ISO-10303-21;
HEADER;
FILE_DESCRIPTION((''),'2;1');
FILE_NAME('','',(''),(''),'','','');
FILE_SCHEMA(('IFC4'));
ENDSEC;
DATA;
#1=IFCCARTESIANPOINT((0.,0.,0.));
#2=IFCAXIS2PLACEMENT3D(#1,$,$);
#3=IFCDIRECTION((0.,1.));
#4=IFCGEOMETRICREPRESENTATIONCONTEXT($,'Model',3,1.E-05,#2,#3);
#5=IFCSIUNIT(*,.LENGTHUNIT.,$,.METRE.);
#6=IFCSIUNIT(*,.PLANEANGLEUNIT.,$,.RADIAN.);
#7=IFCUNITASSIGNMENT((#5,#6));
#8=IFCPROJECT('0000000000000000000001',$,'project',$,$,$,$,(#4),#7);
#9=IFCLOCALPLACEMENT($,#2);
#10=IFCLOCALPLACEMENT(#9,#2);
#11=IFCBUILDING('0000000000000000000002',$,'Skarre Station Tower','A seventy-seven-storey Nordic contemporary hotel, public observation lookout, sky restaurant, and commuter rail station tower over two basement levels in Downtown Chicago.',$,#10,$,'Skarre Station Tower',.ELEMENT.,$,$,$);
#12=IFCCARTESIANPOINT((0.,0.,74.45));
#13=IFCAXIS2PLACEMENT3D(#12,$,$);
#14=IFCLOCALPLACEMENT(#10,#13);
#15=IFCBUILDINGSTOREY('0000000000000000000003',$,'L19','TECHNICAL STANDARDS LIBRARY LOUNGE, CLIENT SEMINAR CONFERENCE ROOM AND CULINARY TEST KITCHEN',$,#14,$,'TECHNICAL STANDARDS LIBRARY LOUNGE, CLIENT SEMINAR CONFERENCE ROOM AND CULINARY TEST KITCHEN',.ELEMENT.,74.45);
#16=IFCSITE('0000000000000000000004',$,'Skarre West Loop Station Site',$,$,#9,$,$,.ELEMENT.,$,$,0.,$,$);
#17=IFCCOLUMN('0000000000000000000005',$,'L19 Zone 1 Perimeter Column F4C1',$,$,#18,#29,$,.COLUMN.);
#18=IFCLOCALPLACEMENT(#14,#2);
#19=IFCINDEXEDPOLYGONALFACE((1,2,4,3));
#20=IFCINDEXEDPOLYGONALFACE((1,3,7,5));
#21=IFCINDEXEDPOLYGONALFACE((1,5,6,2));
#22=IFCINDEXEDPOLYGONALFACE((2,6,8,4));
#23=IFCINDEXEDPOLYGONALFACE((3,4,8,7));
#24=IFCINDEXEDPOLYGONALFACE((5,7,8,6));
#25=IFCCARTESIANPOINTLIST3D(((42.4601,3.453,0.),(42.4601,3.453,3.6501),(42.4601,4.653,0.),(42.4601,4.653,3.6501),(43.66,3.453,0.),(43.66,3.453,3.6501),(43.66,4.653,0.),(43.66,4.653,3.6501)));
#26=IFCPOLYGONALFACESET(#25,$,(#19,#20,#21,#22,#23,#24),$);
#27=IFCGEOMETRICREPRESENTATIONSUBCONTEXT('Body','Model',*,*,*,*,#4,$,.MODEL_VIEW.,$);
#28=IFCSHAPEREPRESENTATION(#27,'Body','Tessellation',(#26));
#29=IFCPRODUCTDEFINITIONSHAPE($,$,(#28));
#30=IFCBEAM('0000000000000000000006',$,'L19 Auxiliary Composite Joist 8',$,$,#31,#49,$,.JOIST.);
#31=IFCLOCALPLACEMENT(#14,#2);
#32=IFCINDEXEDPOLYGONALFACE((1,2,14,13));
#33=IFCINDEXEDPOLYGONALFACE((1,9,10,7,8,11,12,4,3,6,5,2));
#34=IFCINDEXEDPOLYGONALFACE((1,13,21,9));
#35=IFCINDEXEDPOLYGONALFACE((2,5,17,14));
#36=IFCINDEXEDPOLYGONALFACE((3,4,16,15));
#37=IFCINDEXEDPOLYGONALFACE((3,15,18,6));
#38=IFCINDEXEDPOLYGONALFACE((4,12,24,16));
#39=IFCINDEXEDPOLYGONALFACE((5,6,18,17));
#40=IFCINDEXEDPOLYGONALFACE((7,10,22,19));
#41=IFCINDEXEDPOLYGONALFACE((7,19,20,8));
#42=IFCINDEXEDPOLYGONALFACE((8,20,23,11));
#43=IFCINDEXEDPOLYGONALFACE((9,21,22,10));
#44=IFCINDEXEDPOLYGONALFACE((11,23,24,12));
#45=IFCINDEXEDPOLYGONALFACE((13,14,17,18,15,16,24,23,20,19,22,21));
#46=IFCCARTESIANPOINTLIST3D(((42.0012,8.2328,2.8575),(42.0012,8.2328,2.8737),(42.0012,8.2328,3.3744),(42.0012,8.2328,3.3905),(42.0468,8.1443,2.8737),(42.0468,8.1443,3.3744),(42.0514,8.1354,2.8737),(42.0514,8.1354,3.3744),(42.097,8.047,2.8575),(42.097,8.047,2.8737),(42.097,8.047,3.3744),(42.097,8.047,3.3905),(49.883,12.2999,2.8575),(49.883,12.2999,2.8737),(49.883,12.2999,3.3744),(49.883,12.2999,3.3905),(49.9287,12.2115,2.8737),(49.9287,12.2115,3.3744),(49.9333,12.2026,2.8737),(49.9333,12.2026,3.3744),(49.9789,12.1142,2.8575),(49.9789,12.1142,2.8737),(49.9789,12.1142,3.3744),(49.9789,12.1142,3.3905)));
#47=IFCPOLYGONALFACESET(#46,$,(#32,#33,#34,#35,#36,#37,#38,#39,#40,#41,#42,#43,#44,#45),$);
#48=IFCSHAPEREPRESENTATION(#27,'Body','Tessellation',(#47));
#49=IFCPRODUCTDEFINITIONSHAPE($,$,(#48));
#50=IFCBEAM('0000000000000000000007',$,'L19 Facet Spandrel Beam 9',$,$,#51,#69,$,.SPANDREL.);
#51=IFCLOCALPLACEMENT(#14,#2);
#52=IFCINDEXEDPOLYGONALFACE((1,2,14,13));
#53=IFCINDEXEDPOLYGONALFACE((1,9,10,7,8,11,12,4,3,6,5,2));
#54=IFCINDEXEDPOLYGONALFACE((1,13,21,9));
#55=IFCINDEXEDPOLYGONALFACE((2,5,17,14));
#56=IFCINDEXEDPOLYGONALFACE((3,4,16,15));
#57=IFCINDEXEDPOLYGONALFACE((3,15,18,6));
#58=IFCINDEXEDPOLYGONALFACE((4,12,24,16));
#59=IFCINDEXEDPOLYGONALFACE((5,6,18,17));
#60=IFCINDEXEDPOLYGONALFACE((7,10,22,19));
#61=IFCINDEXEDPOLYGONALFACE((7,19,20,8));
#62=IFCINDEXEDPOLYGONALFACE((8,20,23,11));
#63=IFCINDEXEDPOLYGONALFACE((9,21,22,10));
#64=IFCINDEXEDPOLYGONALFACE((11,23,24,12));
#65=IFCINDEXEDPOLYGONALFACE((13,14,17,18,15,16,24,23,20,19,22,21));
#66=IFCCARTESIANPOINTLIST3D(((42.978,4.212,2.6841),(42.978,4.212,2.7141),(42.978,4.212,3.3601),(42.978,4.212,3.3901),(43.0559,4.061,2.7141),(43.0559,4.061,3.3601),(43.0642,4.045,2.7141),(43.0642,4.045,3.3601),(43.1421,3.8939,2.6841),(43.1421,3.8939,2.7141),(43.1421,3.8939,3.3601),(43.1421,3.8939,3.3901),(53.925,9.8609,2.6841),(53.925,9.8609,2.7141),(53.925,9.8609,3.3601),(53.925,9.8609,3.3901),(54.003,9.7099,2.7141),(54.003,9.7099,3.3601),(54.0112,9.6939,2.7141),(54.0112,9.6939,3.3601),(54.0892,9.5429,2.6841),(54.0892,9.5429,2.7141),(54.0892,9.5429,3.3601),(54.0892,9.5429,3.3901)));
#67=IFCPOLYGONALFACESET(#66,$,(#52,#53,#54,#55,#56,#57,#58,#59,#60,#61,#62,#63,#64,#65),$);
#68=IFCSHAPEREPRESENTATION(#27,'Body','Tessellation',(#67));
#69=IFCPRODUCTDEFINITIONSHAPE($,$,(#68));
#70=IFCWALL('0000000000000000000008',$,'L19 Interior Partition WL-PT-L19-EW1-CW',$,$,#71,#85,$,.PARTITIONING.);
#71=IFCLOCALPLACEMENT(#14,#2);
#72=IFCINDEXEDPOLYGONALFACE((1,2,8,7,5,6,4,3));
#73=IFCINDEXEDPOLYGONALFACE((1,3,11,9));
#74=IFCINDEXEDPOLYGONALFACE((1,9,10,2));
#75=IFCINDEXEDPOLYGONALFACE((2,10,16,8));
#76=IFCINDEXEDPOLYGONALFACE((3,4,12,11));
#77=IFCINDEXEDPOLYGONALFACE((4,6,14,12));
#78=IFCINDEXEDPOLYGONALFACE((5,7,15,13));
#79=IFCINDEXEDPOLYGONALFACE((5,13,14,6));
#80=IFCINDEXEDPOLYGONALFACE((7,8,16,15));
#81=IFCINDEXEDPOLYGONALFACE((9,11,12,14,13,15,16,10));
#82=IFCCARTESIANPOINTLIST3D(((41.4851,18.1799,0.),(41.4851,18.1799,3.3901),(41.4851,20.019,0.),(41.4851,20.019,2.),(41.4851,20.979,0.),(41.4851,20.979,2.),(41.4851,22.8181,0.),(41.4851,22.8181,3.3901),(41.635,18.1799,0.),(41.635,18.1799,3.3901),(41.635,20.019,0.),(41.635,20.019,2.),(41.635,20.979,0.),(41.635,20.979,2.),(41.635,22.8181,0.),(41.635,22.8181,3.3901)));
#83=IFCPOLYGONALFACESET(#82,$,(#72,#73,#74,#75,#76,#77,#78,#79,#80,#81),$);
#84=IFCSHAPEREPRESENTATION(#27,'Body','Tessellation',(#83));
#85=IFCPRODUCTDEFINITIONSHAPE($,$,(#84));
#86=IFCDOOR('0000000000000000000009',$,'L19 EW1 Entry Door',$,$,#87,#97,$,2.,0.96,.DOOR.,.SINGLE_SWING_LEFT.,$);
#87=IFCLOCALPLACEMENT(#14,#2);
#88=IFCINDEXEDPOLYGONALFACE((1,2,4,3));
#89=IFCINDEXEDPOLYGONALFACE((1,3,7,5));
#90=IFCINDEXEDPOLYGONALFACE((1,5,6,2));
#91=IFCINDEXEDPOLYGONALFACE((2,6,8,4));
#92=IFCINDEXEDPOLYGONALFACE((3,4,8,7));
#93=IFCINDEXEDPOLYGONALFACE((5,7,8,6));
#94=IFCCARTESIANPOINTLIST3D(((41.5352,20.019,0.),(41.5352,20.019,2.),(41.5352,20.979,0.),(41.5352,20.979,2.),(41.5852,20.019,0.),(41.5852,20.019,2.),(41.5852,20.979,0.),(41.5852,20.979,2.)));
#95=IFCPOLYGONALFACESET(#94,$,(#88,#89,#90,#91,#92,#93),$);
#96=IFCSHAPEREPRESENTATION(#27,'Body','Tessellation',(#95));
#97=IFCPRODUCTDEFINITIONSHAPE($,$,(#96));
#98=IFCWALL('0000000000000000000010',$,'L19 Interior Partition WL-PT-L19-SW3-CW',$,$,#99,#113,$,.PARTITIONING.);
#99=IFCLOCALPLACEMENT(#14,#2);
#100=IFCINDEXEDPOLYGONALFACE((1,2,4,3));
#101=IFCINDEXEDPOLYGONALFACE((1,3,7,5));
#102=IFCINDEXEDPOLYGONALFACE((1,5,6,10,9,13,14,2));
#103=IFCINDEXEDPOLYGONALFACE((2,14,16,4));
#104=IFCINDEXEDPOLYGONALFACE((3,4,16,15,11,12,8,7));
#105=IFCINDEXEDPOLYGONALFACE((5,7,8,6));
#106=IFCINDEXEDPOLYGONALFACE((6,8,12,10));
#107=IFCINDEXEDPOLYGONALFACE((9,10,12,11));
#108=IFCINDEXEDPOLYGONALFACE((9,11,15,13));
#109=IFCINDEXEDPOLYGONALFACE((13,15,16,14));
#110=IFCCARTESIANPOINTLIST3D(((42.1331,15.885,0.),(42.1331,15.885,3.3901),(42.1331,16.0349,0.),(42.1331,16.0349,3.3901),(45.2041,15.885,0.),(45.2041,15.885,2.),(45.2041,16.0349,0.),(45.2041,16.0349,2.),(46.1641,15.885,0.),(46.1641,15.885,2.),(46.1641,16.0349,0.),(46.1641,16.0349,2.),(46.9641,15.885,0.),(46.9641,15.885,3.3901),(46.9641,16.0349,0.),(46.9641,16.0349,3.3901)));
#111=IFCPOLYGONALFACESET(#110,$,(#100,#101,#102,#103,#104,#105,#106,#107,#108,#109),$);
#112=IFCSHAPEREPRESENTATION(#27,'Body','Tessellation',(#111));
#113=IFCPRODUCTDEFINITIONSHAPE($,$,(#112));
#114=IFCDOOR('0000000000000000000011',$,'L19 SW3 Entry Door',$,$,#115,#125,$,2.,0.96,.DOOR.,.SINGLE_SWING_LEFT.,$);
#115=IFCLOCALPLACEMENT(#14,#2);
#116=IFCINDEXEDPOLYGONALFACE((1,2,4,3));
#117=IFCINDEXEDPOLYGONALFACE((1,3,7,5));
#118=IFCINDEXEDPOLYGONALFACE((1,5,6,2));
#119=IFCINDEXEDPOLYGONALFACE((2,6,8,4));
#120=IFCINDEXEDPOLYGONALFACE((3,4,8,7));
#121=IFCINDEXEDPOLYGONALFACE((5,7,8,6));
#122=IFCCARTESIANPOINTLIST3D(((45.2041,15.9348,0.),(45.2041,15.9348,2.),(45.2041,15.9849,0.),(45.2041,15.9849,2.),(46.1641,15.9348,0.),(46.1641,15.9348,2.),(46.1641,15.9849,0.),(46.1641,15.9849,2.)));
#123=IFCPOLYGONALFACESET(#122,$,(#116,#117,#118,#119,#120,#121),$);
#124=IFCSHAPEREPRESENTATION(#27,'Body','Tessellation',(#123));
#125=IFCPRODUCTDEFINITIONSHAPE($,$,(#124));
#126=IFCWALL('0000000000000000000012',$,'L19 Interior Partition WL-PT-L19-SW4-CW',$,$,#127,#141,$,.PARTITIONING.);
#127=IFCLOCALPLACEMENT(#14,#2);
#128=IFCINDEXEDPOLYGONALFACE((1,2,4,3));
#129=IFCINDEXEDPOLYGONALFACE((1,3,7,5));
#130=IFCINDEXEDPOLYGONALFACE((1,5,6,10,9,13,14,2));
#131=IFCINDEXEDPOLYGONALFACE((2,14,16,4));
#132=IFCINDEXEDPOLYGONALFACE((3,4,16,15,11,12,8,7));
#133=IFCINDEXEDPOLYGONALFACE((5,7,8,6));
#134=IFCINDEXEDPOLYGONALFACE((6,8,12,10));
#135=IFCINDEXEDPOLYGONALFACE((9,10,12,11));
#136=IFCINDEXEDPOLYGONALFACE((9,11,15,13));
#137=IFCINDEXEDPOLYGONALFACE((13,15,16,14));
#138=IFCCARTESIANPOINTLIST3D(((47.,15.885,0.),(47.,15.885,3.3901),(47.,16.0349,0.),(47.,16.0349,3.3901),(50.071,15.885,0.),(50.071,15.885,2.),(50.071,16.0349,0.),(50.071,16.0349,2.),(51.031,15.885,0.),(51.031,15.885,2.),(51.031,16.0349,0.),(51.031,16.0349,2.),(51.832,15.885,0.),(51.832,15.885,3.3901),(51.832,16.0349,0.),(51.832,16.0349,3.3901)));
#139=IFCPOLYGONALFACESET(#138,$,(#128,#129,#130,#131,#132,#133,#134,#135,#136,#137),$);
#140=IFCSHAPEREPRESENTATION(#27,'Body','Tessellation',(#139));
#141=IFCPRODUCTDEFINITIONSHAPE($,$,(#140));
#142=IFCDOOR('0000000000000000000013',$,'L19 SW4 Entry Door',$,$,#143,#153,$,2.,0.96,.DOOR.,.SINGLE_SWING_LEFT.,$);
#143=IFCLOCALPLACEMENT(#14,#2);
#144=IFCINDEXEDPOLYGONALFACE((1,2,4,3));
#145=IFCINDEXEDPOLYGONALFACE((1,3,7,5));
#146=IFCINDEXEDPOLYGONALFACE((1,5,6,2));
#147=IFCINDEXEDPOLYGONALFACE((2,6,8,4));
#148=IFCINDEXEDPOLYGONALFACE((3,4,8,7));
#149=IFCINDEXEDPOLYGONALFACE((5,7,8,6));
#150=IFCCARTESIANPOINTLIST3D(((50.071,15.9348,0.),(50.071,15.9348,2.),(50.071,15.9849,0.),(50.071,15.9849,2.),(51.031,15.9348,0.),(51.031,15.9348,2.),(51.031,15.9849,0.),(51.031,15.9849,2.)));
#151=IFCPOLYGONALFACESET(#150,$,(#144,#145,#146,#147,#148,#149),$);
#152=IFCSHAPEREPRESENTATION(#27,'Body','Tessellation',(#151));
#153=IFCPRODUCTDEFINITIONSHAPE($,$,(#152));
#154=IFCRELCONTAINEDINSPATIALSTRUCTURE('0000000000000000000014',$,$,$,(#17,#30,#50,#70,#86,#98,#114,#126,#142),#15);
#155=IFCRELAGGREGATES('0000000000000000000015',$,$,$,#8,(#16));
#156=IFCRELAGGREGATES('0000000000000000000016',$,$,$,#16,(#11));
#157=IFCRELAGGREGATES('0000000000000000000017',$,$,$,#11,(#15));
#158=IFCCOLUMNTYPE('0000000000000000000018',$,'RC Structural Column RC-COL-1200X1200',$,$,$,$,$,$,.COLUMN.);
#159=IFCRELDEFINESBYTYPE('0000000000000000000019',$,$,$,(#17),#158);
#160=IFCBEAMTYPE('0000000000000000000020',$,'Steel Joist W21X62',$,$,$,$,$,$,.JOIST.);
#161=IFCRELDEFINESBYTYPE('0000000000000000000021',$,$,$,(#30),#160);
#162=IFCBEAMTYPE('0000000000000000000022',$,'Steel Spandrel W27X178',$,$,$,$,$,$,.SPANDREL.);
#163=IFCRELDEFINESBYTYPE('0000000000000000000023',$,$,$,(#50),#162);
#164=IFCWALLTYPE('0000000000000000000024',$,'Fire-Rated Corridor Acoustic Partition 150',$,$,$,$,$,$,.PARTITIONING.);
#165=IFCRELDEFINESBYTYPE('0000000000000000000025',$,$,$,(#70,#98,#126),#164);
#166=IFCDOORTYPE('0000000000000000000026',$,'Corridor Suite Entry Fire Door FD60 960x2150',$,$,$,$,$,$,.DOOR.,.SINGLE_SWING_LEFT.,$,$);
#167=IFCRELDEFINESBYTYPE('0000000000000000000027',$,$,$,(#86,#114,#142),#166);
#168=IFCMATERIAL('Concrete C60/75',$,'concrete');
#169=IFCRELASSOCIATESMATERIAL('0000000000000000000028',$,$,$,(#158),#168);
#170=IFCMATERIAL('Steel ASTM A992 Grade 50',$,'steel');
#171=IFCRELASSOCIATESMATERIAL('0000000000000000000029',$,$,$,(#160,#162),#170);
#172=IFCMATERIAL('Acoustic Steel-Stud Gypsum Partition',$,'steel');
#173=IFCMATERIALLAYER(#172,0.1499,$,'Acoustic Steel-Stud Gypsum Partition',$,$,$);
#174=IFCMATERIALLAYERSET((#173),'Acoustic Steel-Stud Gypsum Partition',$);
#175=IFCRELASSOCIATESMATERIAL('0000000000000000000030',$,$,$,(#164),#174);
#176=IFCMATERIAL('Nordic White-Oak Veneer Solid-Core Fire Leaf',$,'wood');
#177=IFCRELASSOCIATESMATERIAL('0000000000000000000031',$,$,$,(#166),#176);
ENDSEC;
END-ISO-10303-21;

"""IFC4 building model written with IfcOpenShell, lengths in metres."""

from ifc_helpers import new_model, si_unit, direction, frame, frame_2d, origin, origin_2d, place, context, subcontext, project, spatial, rectangle, i_section, extrude, material, layer, layer_set, material_profile, profile_set, type_object, element, fill, save


model = new_model("IFC4")

# Units and contexts
model_context = context("Model", 3, precision=1e-05, world=origin(), true_north=direction((0.0, 1.0)))
body_context = subcontext(model_context, "Body", "Model", "MODEL_VIEW")
ifc_project = project(units=[si_unit("LENGTHUNIT", "METRE"), si_unit("PLANEANGLEUNIT", "RADIAN")], contexts=[model_context])

# Site, building, storey
site_placement = place(None, origin())
site = spatial("IfcSite", under=ifc_project, at=site_placement, Name="Skarre West Loop Station Site", CompositionType="ELEMENT", RefElevation=0.0)
building_placement = place(site_placement, origin())
building = spatial("IfcBuilding", under=site, at=building_placement, Name="Skarre Station Tower", Description="A seventy-seven-storey Nordic contemporary hotel, public observation lookout, sky restaurant, and commuter rail station tower over two basement levels in Downtown Chicago.", LongName="Skarre Station Tower", CompositionType="ELEMENT")
storey_placement = place(building_placement, frame((0.0, 0.0, 74.45)))
storey = spatial("IfcBuildingStorey", under=building, at=storey_placement, Name="L19", Description="TECHNICAL STANDARDS LIBRARY LOUNGE, CLIENT SEMINAR CONFERENCE ROOM AND CULINARY TEST KITCHEN", LongName="TECHNICAL STANDARDS LIBRARY LOUNGE, CLIENT SEMINAR CONFERENCE ROOM AND CULINARY TEST KITCHEN", CompositionType="ELEMENT", Elevation=74.45)

# Column
ifc_material_1 = material(Name="Concrete C60/75", Category="concrete")
ifc_material_profile_1 = material_profile(ifc_material_1, rectangle(XDim=1.2, YDim=1.2, at=origin_2d()), Name="Concrete C60/75")
ifc_profile_set_1 = profile_set([ifc_material_profile_1], Name="Concrete C60/75")
column_type = type_object("IfcColumnType", Name="RC Structural Column RC-COL-1200X1200", PredefinedType="COLUMN", material=ifc_profile_set_1)
column_placement = place(storey_placement, frame((43.0601, 4.053, 0.0), z_axis=(0.0, 0.0, 1.0), x_axis=(1.0, 0.0, 0.0)))
element("IfcColumn", 1, at=column_placement, inside=storey, type_object=column_type, Name="L19 Zone 1 Perimeter Column F4C1", PredefinedType="COLUMN", context=body_context, shape_type="SweptSolid", body=[
    extrude(rectangle(XDim=1.2, YDim=1.2, at=origin_2d()), origin(), (0.0, 0.0, 1.0), 3.6501),
])

# Beams
ifc_material_2 = material(Name="Steel ASTM A992 Grade 50", Category="steel")
ifc_material_profile_2 = material_profile(ifc_material_2, i_section(OverallWidth=0.209, OverallDepth=0.533, WebThickness=0.01, FlangeThickness=0.0161, at=origin_2d()), Name="Steel ASTM A992 Grade 50")
ifc_profile_set_2 = profile_set([ifc_material_profile_2], Name="Steel ASTM A992 Grade 50")
beam_type_1 = type_object("IfcBeamType", Name="Steel Joist W21X62", PredefinedType="JOIST", material=ifc_profile_set_2)
beam_1_placement = place(storey_placement, frame((42.0491, 8.1399, 3.124), z_axis=(0.888662, 0.458562, 0.0), x_axis=(-0.458562, 0.888662, 0.0)))
element("IfcBeam", 2, at=beam_1_placement, inside=storey, type_object=beam_type_1, Name="L19 Auxiliary Composite Joist 8", PredefinedType="JOIST", context=body_context, shape_type="SweptSolid", body=[
    extrude(i_section(OverallWidth=0.209, OverallDepth=0.533, WebThickness=0.01, FlangeThickness=0.0161, at=origin_2d()), origin(), (0.0, 0.0, 1.0), 8.8694),
])
ifc_material_profile_3 = material_profile(ifc_material_2, i_section(OverallWidth=0.3579, OverallDepth=0.7061, WebThickness=0.0181, FlangeThickness=0.03, at=origin_2d()), Name="Steel ASTM A992 Grade 50")
ifc_profile_set_3 = profile_set([ifc_material_profile_3], Name="Steel ASTM A992 Grade 50")
beam_type_2 = type_object("IfcBeamType", Name="Steel Spandrel W27X178", PredefinedType="SPANDREL", material=ifc_profile_set_3)
beam_2_placement = place(storey_placement, frame((43.0601, 4.053, 3.0371), z_axis=(0.888659, 0.458569, 0.0), x_axis=(-0.458569, 0.888659, 0.0)))
element("IfcBeam", 3, at=beam_2_placement, inside=storey, type_object=beam_type_2, Name="L19 Facet Spandrel Beam 9", PredefinedType="SPANDREL", context=body_context, shape_type="SweptSolid", body=[
    extrude(i_section(OverallWidth=0.3579, OverallDepth=0.7061, WebThickness=0.0181, FlangeThickness=0.03, at=origin_2d()), origin(), (0.0, 0.0, 1.0), 12.3186),
])

# Walls, openings, doors
ifc_material_3 = material(Name="Acoustic Steel-Stud Gypsum Partition", Category="steel")
ifc_layer_1 = layer(ifc_material_3, 0.1499, Name="Acoustic Steel-Stud Gypsum Partition")
ifc_layer_set_1 = layer_set([ifc_layer_1], Name="Acoustic Steel-Stud Gypsum Partition")
wall_type_1 = type_object("IfcWallType", Name="Fire-Rated Corridor Acoustic Partition 150", PredefinedType="PARTITIONING", material=ifc_layer_set_1)
wall_1_placement = place(storey_placement, frame((41.5601, 18.1799, 0.0), z_axis=(0.0, 0.0, 1.0), x_axis=(0.0, 1.0, 0.0)))
wall_1 = element("IfcWall", 4, at=wall_1_placement, inside=storey, type_object=wall_type_1, Name="L19 Interior Partition WL-PT-L19-EW1-CW", PredefinedType="PARTITIONING", context=body_context, shape_type="SweptSolid", body=[
    extrude(rectangle(XDim=4.6382, YDim=0.1499, at=frame_2d((2.3191, 0.0))), origin(), (0.0, 0.0, 1.0), 3.3901),
])
opening_1_placement = place(wall_1_placement, frame((1.8391, 0.0, 0.0)))
opening_1 = element("IfcOpeningElement", 5, at=opening_1_placement, cuts=wall_1, PredefinedType="OPENING", context=body_context, shape_type="SweptSolid", body=[
    extrude(rectangle(XDim=0.96, YDim=2.0, at=frame_2d((0.48, 1.0))), frame((0.0, 0.085, 0.0), z_axis=(0.0, -1.0, 0.0), x_axis=(1.0, 0.0, 0.0)), (0.0, 0.0, 1.0), 0.1699),
])
ifc_material_4 = material(Name="Nordic White-Oak Veneer Solid-Core Fire Leaf", Category="wood")
door_type_1 = type_object("IfcDoorType", Name="Corridor Suite Entry Fire Door FD60 960x2150", OperationType="SINGLE_SWING_LEFT", PredefinedType="DOOR", material=ifc_material_4)
door_1_placement = place(opening_1_placement, origin())
door_1 = element("IfcDoor", 6, at=door_1_placement, inside=storey, type_object=door_type_1, Name="L19 EW1 Entry Door", OperationType="SINGLE_SWING_LEFT", OverallHeight=2.0, OverallWidth=0.96, PredefinedType="DOOR", context=body_context, shape_type="SweptSolid", body=[
    extrude(rectangle(XDim=0.96, YDim=2.0, at=frame_2d((0.48, 1.0))), frame((0.0, 0.0249, 0.0), z_axis=(0.0, -1.0, 0.0), x_axis=(1.0, 0.0, 0.0)), (0.0, 0.0, 1.0), 0.05),
])
fill(opening_1, door_1)
wall_2_placement = place(storey_placement, frame((42.1331, 15.96, 0.0), z_axis=(0.0, 0.0, 1.0), x_axis=(1.0, 0.0, 0.0)))
wall_2 = element("IfcWall", 7, at=wall_2_placement, inside=storey, type_object=wall_type_1, Name="L19 Interior Partition WL-PT-L19-SW3-CW", PredefinedType="PARTITIONING", context=body_context, shape_type="SweptSolid", body=[
    extrude(rectangle(XDim=4.8311, YDim=0.1499, at=frame_2d((2.4155, 0.0))), origin(), (0.0, 0.0, 1.0), 3.3901),
])
opening_2_placement = place(wall_2_placement, frame((3.071, 0.0, 0.0)))
opening_2 = element("IfcOpeningElement", 8, at=opening_2_placement, cuts=wall_2, PredefinedType="OPENING", context=body_context, shape_type="SweptSolid", body=[
    extrude(rectangle(XDim=0.96, YDim=2.0, at=frame_2d((0.48, 1.0))), frame((0.0, 0.085, 0.0), z_axis=(0.0, -1.0, 0.0), x_axis=(1.0, 0.0, 0.0)), (0.0, 0.0, 1.0), 0.1699),
])
door_2_placement = place(opening_2_placement, origin())
door_2 = element("IfcDoor", 9, at=door_2_placement, inside=storey, type_object=door_type_1, Name="L19 SW3 Entry Door", OperationType="SINGLE_SWING_LEFT", OverallHeight=2.0, OverallWidth=0.96, PredefinedType="DOOR", context=body_context, shape_type="SweptSolid", body=[
    extrude(rectangle(XDim=0.96, YDim=2.0, at=frame_2d((0.48, 1.0))), frame((0.0, 0.0249, 0.0), z_axis=(0.0, -1.0, 0.0), x_axis=(1.0, 0.0, 0.0)), (0.0, 0.0, 1.0), 0.05),
])
fill(opening_2, door_2)
wall_3_placement = place(storey_placement, frame((47.0, 15.96, 0.0), z_axis=(0.0, 0.0, 1.0), x_axis=(1.0, 0.0, 0.0)))
wall_3 = element("IfcWall", 10, at=wall_3_placement, inside=storey, type_object=wall_type_1, Name="L19 Interior Partition WL-PT-L19-SW4-CW", PredefinedType="PARTITIONING", context=body_context, shape_type="SweptSolid", body=[
    extrude(rectangle(XDim=4.832, YDim=0.1499, at=frame_2d((2.416, 0.0))), origin(), (0.0, 0.0, 1.0), 3.3901),
])
opening_3_placement = place(wall_3_placement, frame((3.071, 0.0, 0.0)))
opening_3 = element("IfcOpeningElement", 11, at=opening_3_placement, cuts=wall_3, PredefinedType="OPENING", context=body_context, shape_type="SweptSolid", body=[
    extrude(rectangle(XDim=0.96, YDim=2.0, at=frame_2d((0.48, 1.0))), frame((0.0, 0.085, 0.0), z_axis=(0.0, -1.0, 0.0), x_axis=(1.0, 0.0, 0.0)), (0.0, 0.0, 1.0), 0.1699),
])
door_3_placement = place(opening_3_placement, origin())
door_3 = element("IfcDoor", 12, at=door_3_placement, inside=storey, type_object=door_type_1, Name="L19 SW4 Entry Door", OperationType="SINGLE_SWING_LEFT", OverallHeight=2.0, OverallWidth=0.96, PredefinedType="DOOR", context=body_context, shape_type="SweptSolid", body=[
    extrude(rectangle(XDim=0.96, YDim=2.0, at=frame_2d((0.48, 1.0))), frame((0.0, 0.0249, 0.0), z_axis=(0.0, -1.0, 0.0), x_axis=(1.0, 0.0, 0.0)), (0.0, 0.0, 1.0), 0.05),
])
fill(opening_3, door_3)

save(model, "model.ifc")
